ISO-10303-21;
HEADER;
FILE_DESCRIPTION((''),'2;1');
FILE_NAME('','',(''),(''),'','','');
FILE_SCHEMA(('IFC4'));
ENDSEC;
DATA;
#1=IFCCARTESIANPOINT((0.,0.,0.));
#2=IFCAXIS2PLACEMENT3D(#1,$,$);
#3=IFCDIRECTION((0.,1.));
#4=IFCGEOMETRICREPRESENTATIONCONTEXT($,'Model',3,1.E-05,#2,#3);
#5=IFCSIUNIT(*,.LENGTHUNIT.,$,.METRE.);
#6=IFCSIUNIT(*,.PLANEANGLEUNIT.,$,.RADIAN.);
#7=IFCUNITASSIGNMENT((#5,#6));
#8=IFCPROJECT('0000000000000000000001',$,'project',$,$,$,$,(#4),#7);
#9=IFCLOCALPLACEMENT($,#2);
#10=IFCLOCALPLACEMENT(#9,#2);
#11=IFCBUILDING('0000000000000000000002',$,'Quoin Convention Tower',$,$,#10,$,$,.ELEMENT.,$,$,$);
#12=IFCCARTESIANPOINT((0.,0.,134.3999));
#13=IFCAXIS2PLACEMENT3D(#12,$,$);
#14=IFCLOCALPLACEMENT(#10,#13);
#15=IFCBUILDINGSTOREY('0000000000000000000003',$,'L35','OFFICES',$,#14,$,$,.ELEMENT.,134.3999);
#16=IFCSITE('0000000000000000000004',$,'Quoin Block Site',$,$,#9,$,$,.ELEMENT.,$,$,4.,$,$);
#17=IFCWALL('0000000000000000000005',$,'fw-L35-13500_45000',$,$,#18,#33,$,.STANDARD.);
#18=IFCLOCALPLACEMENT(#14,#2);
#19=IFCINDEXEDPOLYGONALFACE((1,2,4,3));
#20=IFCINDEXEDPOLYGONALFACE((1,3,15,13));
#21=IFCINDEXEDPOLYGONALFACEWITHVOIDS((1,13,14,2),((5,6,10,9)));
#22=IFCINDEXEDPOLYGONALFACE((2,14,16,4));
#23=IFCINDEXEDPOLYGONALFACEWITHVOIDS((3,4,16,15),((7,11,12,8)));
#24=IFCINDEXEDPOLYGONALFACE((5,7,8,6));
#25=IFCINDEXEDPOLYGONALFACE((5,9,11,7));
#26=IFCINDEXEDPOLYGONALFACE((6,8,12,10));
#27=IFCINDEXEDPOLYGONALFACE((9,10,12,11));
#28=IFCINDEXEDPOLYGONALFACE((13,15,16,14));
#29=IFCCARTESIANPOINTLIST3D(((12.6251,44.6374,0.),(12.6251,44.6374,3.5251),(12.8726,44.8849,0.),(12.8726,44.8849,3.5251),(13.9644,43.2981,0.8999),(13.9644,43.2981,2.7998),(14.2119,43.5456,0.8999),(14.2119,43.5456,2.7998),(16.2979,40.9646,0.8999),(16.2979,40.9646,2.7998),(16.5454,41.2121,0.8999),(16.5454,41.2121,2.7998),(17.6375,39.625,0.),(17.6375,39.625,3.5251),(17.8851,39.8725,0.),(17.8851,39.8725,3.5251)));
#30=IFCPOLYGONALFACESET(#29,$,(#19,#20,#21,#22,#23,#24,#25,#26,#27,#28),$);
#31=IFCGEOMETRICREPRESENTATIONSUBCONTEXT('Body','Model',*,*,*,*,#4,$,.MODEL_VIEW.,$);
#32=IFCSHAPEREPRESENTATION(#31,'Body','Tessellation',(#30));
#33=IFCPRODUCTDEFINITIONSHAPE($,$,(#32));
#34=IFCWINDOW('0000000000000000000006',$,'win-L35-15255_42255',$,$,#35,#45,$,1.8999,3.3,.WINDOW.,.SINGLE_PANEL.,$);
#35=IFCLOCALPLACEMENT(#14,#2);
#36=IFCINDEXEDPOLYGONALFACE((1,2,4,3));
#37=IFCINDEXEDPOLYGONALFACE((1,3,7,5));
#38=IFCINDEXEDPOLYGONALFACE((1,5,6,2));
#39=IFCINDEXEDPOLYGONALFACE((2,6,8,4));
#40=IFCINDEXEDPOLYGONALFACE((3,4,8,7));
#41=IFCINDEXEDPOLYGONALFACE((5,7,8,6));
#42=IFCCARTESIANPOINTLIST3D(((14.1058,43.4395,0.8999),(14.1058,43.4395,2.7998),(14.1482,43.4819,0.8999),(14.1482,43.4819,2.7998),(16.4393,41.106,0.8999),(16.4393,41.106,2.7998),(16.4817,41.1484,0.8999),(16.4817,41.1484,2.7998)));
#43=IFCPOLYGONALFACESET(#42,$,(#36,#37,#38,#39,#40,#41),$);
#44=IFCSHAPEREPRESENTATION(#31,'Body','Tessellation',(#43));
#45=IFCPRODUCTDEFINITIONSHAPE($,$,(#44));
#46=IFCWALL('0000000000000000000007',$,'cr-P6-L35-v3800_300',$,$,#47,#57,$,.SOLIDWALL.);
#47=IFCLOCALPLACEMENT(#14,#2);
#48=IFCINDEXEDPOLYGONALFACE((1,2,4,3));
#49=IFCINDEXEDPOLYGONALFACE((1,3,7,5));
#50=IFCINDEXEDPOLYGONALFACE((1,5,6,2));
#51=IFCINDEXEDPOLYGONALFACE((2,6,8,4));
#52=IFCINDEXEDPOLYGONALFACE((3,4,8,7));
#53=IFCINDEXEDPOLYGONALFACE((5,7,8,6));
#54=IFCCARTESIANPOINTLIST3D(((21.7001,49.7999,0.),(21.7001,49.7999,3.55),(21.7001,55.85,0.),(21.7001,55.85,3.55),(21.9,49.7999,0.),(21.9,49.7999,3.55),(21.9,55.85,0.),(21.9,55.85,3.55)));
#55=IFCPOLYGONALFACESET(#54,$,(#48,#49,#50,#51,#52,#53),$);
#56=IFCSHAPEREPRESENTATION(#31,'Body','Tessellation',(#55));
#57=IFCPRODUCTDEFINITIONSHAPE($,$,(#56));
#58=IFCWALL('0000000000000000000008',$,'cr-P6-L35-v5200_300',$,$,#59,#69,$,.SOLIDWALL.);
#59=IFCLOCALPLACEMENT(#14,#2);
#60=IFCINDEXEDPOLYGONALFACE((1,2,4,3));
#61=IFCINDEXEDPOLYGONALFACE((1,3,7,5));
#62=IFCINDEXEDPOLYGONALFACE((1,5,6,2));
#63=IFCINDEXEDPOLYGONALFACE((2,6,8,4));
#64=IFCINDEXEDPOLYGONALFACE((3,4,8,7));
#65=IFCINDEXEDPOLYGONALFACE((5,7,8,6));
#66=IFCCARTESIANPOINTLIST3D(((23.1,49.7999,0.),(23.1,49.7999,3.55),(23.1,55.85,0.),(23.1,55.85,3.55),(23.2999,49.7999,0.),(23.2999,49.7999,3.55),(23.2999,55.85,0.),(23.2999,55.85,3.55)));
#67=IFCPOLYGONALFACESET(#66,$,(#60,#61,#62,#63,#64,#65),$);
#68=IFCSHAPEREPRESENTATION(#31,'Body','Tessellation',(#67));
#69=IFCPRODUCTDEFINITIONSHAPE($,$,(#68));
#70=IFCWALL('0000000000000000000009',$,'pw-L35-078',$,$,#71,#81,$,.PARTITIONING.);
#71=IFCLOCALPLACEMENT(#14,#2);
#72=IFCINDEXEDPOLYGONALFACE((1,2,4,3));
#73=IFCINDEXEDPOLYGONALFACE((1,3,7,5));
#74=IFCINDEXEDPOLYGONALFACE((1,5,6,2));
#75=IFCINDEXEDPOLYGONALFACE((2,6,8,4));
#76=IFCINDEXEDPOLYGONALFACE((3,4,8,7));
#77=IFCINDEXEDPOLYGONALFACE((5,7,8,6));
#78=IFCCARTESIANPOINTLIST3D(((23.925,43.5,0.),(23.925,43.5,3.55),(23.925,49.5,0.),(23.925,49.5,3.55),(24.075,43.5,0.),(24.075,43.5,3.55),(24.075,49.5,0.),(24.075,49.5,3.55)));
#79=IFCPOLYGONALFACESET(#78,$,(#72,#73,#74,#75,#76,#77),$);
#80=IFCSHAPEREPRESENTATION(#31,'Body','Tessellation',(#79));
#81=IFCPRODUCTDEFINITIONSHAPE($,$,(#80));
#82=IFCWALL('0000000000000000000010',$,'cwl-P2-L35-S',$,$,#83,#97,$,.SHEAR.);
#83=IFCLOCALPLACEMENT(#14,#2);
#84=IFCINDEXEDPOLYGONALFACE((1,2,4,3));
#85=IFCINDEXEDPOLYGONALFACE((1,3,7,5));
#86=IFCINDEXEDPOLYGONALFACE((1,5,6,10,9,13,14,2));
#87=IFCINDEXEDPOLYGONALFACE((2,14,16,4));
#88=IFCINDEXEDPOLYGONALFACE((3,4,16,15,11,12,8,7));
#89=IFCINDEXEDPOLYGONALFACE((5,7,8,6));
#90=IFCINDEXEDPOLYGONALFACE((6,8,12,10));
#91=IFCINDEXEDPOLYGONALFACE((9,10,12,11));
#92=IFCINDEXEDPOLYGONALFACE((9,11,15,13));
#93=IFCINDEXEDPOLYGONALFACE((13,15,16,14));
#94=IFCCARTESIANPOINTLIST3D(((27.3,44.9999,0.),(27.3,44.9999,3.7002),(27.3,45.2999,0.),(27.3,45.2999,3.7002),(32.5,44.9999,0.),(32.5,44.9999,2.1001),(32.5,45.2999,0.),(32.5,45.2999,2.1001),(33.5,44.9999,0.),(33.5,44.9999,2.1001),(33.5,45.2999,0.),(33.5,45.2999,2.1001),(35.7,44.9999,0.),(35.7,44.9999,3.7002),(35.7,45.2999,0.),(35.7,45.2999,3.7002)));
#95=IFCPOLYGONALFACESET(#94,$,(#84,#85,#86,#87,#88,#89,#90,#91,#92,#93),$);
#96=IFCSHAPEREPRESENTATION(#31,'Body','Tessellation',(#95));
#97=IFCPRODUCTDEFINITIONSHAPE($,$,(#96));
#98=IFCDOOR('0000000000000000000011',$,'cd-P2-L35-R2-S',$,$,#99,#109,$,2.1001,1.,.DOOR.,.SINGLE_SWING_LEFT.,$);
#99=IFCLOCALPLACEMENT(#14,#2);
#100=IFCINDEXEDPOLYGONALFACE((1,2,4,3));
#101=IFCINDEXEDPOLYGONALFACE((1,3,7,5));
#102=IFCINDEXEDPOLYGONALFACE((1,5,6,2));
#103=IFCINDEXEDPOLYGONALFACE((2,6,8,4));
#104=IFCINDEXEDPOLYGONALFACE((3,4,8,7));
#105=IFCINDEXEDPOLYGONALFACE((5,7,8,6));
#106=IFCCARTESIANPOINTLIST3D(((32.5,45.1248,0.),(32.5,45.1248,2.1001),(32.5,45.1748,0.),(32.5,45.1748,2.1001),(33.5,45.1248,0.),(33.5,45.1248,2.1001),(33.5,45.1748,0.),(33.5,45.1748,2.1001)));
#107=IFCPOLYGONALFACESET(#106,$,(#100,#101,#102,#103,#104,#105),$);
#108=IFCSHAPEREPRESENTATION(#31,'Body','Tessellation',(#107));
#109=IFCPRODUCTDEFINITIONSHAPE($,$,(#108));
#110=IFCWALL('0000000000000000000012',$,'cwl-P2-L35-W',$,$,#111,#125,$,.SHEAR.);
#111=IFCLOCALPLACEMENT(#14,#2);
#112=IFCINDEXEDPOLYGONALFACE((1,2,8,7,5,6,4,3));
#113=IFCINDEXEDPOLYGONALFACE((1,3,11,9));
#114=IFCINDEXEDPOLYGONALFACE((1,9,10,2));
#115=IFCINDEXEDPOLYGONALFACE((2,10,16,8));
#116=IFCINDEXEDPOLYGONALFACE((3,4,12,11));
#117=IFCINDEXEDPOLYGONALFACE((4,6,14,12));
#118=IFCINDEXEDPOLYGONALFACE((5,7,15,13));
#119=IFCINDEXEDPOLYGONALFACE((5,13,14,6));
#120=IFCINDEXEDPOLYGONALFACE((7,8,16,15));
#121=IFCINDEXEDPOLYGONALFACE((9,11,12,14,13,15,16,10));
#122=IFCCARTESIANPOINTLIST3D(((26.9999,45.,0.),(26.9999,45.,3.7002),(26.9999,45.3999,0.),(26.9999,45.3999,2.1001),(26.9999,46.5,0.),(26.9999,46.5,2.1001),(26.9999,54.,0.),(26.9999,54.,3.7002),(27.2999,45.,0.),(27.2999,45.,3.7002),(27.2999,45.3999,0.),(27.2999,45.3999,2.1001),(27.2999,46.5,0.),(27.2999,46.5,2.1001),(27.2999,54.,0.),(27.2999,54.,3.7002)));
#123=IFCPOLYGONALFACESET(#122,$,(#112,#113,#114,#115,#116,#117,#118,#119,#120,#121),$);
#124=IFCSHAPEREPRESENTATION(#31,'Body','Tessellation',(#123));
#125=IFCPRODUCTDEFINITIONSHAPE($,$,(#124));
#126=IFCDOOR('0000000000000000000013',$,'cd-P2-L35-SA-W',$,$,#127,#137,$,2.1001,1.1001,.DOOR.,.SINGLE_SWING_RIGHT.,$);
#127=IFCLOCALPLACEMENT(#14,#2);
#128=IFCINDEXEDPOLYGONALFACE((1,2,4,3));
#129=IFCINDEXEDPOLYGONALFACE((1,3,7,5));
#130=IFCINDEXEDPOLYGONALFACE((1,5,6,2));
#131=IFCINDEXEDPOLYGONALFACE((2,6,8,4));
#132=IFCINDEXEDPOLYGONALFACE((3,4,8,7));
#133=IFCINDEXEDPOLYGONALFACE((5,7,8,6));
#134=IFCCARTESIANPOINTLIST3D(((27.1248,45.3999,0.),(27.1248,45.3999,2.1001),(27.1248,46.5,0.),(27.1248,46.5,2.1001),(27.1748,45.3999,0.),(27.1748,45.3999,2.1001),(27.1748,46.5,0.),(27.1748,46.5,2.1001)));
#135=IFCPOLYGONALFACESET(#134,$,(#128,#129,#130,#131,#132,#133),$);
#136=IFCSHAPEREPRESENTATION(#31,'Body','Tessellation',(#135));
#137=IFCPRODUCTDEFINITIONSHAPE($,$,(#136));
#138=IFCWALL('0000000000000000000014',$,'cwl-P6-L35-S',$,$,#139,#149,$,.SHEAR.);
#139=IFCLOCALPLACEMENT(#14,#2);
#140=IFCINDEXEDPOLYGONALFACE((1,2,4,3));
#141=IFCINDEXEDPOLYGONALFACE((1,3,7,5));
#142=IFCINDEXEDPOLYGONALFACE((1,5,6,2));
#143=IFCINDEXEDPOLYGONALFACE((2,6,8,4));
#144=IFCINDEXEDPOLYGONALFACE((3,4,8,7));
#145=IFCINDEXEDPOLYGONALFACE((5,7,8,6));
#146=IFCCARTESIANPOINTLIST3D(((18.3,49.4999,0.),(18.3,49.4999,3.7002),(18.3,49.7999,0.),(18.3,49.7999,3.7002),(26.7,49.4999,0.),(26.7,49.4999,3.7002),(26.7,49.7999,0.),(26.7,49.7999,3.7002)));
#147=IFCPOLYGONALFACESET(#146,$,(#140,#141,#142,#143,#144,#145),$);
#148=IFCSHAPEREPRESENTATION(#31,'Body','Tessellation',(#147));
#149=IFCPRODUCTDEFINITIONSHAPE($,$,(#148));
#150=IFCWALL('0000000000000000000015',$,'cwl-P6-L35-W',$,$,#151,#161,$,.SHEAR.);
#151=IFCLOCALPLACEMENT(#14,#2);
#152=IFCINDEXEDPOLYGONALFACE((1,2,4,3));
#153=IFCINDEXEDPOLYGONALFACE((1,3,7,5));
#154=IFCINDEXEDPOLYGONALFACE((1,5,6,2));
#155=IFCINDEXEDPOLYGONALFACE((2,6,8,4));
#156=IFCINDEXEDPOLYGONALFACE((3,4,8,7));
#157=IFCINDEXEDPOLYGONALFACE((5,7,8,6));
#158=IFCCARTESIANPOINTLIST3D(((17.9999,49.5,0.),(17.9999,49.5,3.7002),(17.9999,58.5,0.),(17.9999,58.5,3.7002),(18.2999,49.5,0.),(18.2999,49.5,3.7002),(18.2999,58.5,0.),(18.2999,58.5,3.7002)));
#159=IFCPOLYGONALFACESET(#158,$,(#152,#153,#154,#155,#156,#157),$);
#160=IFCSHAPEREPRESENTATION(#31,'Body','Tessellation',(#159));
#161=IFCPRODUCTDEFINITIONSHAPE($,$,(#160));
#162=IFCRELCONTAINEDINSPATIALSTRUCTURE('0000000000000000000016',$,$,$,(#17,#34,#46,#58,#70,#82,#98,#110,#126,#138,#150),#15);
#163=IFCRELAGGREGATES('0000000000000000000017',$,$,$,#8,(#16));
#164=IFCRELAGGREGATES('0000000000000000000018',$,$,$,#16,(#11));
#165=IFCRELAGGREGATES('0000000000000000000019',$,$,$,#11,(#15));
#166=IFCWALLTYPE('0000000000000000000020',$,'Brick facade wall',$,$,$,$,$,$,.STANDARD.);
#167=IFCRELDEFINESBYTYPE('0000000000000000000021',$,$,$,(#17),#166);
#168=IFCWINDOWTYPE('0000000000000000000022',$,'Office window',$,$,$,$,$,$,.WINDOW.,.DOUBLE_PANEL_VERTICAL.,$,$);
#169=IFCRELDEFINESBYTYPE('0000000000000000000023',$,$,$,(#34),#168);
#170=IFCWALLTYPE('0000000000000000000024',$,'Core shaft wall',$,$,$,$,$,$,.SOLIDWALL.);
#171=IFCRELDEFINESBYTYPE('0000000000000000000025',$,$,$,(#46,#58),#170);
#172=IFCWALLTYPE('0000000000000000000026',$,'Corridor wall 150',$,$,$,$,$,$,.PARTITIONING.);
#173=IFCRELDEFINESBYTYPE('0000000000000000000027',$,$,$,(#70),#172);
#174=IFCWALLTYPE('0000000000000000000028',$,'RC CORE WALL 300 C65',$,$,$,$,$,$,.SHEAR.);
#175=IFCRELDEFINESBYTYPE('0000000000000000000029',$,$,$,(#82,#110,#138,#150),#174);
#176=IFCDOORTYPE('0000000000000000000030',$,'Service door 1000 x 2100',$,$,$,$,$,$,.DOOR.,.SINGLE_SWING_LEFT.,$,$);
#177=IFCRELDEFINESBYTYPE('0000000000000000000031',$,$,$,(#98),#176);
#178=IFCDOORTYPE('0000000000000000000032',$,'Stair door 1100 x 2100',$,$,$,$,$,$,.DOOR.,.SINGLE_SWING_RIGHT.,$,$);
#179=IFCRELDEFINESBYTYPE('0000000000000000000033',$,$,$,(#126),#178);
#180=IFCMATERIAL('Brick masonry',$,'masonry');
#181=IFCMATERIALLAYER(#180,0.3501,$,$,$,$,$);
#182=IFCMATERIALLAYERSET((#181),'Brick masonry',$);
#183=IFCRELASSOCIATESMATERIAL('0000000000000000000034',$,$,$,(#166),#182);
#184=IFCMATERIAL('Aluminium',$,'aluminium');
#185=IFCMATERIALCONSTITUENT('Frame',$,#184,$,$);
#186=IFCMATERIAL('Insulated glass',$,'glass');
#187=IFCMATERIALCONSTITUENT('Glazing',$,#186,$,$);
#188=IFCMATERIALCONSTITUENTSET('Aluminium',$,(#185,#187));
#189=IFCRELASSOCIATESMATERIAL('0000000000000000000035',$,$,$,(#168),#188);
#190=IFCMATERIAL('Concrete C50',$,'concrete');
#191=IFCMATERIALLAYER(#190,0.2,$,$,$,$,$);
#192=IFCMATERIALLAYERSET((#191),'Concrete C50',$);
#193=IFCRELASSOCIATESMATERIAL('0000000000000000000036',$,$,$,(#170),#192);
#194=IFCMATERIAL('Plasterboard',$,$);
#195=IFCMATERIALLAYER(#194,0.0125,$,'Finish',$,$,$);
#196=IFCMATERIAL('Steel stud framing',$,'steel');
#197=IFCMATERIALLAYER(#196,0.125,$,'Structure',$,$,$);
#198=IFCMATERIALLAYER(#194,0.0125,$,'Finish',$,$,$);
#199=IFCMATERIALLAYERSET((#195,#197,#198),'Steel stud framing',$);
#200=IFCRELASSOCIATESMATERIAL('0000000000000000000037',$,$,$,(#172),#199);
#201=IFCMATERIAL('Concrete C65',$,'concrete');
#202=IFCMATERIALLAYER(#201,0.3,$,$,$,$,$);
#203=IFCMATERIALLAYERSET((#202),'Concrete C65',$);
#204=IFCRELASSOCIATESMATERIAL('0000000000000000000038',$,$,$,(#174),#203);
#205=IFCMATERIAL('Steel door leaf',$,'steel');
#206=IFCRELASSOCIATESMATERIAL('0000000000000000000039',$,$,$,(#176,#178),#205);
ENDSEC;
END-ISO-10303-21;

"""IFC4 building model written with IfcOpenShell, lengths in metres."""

from ifc_helpers import new_model, si_unit, direction, frame, frame_2d, origin, place, context, subcontext, project, spatial, rectangle, extrude, material, layer, layer_set, constituent, constituent_set, type_object, element, fill, save


model = new_model("IFC4")

# Units and contexts
model_context = context("Model", 3, precision=1e-05, world=origin(), true_north=direction((0.0, 1.0)))
body_context = subcontext(model_context, "Body", "Model", "MODEL_VIEW")
ifc_project = project(units=[si_unit("LENGTHUNIT", "METRE"), si_unit("PLANEANGLEUNIT", "RADIAN")], contexts=[model_context])

# Site, building, storey
site_placement = place(None, origin())
site = spatial("IfcSite", under=ifc_project, at=site_placement, Name="Quoin Block Site", CompositionType="ELEMENT", RefElevation=4.0)
building_placement = place(site_placement, origin())
building = spatial("IfcBuilding", under=site, at=building_placement, Name="Quoin Convention Tower", CompositionType="ELEMENT")
storey_placement = place(building_placement, frame((0.0, 0.0, 134.3999)))
storey = spatial("IfcBuildingStorey", under=building, at=storey_placement, Name="L35", Description="OFFICES", CompositionType="ELEMENT", Elevation=134.3999)

# Shared definitions
ifc_material_1 = material(Name="Concrete C65", Category="concrete")

# Wall, opening, window
ifc_material_2 = material(Name="Brick masonry", Category="masonry")
ifc_layer_1 = layer(ifc_material_2, 0.3501)
ifc_layer_set_1 = layer_set([ifc_layer_1], Name="Brick masonry")
wall_type_1 = type_object("IfcWallType", Name="Brick facade wall", PredefinedType="STANDARD", material=ifc_layer_set_1)
wall_1_placement = place(storey_placement, frame((12.7488, 44.7612, 0.0), z_axis=(0.0, 0.0, 1.0), x_axis=(0.707107, -0.707107, 0.0)))
wall_1 = element("IfcWall", 1, at=wall_1_placement, inside=storey, type_object=wall_type_1, Name="fw-L35-13500_45000", PredefinedType="STANDARD", context=body_context, shape_type="SweptSolid", body=[
    extrude(rectangle(XDim=7.0886, YDim=0.3501, at=frame_2d((3.5444, 0.0))), origin(), (0.0, 0.0, 1.0), 3.5251),
])
opening_1_placement = place(wall_1_placement, frame((1.8943, 0.0, 0.8999)))
opening_1 = element("IfcOpeningElement", 2, at=opening_1_placement, cuts=wall_1, PredefinedType="OPENING", context=body_context, shape_type="SweptSolid", body=[
    extrude(rectangle(XDim=3.3, YDim=1.8999, at=frame_2d((1.6499, 0.95))), frame((0.0, 0.1851, 0.0), z_axis=(0.0, -1.0, 0.0), x_axis=(1.0, 0.0, 0.0)), (0.0, 0.0, 1.0), 0.3701),
])
ifc_material_3 = material(Name="Aluminium", Category="aluminium")
ifc_constituent_1 = constituent(ifc_material_3, Name="Frame")
ifc_material_4 = material(Name="Insulated glass", Category="glass")
ifc_constituent_2 = constituent(ifc_material_4, Name="Glazing")
ifc_constituent_set = constituent_set(constituents=[ifc_constituent_1, ifc_constituent_2], Name="Aluminium")
window_type = type_object("IfcWindowType", Name="Office window", PartitioningType="DOUBLE_PANEL_VERTICAL", PredefinedType="WINDOW", material=ifc_constituent_set)
window_placement = place(opening_1_placement, origin())
window = element("IfcWindow", 3, at=window_placement, inside=storey, type_object=window_type, Name="win-L35-15255_42255", OverallHeight=1.8999, OverallWidth=3.3, PartitioningType="SINGLE_PANEL", PredefinedType="WINDOW", context=body_context, shape_type="SweptSolid", body=[
    extrude(rectangle(XDim=3.3, YDim=1.8999, at=frame_2d((1.6499, 0.95))), frame((0.0, 0.085, 0.0), z_axis=(0.0, -1.0, 0.0), x_axis=(1.0, 0.0, 0.0)), (0.0, 0.0, 1.0), 0.0601),
])
fill(opening_1, window)

# Walls
ifc_material_5 = material(Name="Concrete C50", Category="concrete")
ifc_layer_2 = layer(ifc_material_5, 0.2)
ifc_layer_set_2 = layer_set([ifc_layer_2], Name="Concrete C50")
wall_type_2 = type_object("IfcWallType", Name="Core shaft wall", PredefinedType="SOLIDWALL", material=ifc_layer_set_2)
for number, where, z_axis, x_axis, name in (
    (4, (21.8, 49.8, 0.0), (0.0, 0.0, 1.0), (0.0, 1.0, 0.0), "cr-P6-L35-v3800_300"),
    (5, (23.2, 49.8, 0.0), (0.0, 0.0, 1.0), (0.0, 1.0, 0.0), "cr-P6-L35-v5200_300"),
):
    element("IfcWall", number, at=place(storey_placement, frame(where, z_axis=z_axis, x_axis=x_axis)), inside=storey, type_object=wall_type_2, Name=name, PredefinedType="SOLIDWALL", context=body_context, shape_type="SweptSolid", body=[
        extrude(rectangle(XDim=6.05, YDim=0.2, at=frame_2d((3.0249, 0.0))), origin(), (0.0, 0.0, 1.0), 3.55),
    ])
ifc_material_6 = material(Name="Plasterboard")
ifc_layer_3 = layer(ifc_material_6, 0.0125, Name="Finish")
ifc_material_7 = material(Name="Steel stud framing", Category="steel")
ifc_layer_4 = layer(ifc_material_7, 0.125, Name="Structure")
ifc_layer_5 = layer(ifc_material_6, 0.0125, Name="Finish")
ifc_layer_set_3 = layer_set([ifc_layer_3, ifc_layer_4, ifc_layer_5], Name="Steel stud framing")
wall_type_3 = type_object("IfcWallType", Name="Corridor wall 150", PredefinedType="PARTITIONING", material=ifc_layer_set_3)
wall_2_placement = place(storey_placement, frame((24.0, 43.5, 0.0), z_axis=(0.0, 0.0, 1.0), x_axis=(0.0, 1.0, 0.0)))
element("IfcWall", 6, at=wall_2_placement, inside=storey, type_object=wall_type_3, Name="pw-L35-078", PredefinedType="PARTITIONING", context=body_context, shape_type="SweptSolid", body=[
    extrude(rectangle(XDim=6.0, YDim=0.1499, at=frame_2d((3.0, 0.0))), origin(), (0.0, 0.0, 1.0), 3.55),
])

# Walls, openings, doors
ifc_layer_6 = layer(ifc_material_1, 0.3)
ifc_layer_set_4 = layer_set([ifc_layer_6], Name="Concrete C65")
wall_type_4 = type_object("IfcWallType", Name="RC CORE WALL 300 C65", PredefinedType="SHEAR", material=ifc_layer_set_4)
wall_3_placement = place(storey_placement, frame((27.3, 45.1499, 0.0), z_axis=(0.0, 0.0, 1.0), x_axis=(1.0, 0.0, 0.0)))
wall_3 = element("IfcWall", 7, at=wall_3_placement, inside=storey, type_object=wall_type_4, Name="cwl-P2-L35-S", PredefinedType="SHEAR", context=body_context, shape_type="SweptSolid", body=[
    extrude(rectangle(XDim=8.3999, YDim=0.3, at=frame_2d((4.2, 0.0))), origin(), (0.0, 0.0, 1.0), 3.7002),
])
opening_2_placement = place(wall_3_placement, frame((5.2, 0.0, 0.0)))
opening_2 = element("IfcOpeningElement", 8, at=opening_2_placement, cuts=wall_3, PredefinedType="OPENING", context=body_context, shape_type="SweptSolid", body=[
    extrude(rectangle(XDim=1.0, YDim=2.1001, at=frame_2d((0.5, 1.05))), frame((0.0, 0.1599, 0.0), z_axis=(0.0, -1.0, 0.0), x_axis=(1.0, 0.0, 0.0)), (0.0, 0.0, 1.0), 0.3201),
])
ifc_material_8 = material(Name="Steel door leaf", Category="steel")
door_type_1 = type_object("IfcDoorType", Name="Service door 1000 x 2100", OperationType="SINGLE_SWING_LEFT", PredefinedType="DOOR", material=ifc_material_8)
door_1_placement = place(opening_2_placement, origin())
door_1 = element("IfcDoor", 9, at=door_1_placement, inside=storey, type_object=door_type_1, Name="cd-P2-L35-R2-S", OperationType="SINGLE_SWING_LEFT", OverallHeight=2.1001, OverallWidth=1.0, PredefinedType="DOOR", context=body_context, shape_type="SweptSolid", body=[
    extrude(rectangle(XDim=1.0, YDim=2.1001, at=frame_2d((0.5, 1.05))), frame((0.0, 0.0249, 0.0), z_axis=(0.0, -1.0, 0.0), x_axis=(1.0, 0.0, 0.0)), (0.0, 0.0, 1.0), 0.05),
])
fill(opening_2, door_1)
wall_4_placement = place(storey_placement, frame((27.1499, 45.0, 0.0), z_axis=(0.0, 0.0, 1.0), x_axis=(0.0, 1.0, 0.0)))
wall_4 = element("IfcWall", 10, at=wall_4_placement, inside=storey, type_object=wall_type_4, Name="cwl-P2-L35-W", PredefinedType="SHEAR", context=body_context, shape_type="SweptSolid", body=[
    extrude(rectangle(XDim=9.0, YDim=0.3, at=frame_2d((4.5, 0.0))), origin(), (0.0, 0.0, 1.0), 3.7002),
])
opening_3_placement = place(wall_4_placement, frame((0.3999, 0.0, 0.0)))
opening_3 = element("IfcOpeningElement", 11, at=opening_3_placement, cuts=wall_4, PredefinedType="OPENING", context=body_context, shape_type="SweptSolid", body=[
    extrude(rectangle(XDim=1.1001, YDim=2.1001, at=frame_2d((0.55, 1.05))), frame((0.0, 0.1599, 0.0), z_axis=(0.0, -1.0, 0.0), x_axis=(1.0, 0.0, 0.0)), (0.0, 0.0, 1.0), 0.3201),
])
door_type_2 = type_object("IfcDoorType", Name="Stair door 1100 x 2100", OperationType="SINGLE_SWING_RIGHT", PredefinedType="DOOR", material=ifc_material_8)
door_2_placement = place(opening_3_placement, frame((1.1001, 0.0, 0.0), z_axis=(0.0, 0.0, 1.0), x_axis=(-1.0, 0.0, 0.0)))
door_2 = element("IfcDoor", 12, at=door_2_placement, inside=storey, type_object=door_type_2, Name="cd-P2-L35-SA-W", OperationType="SINGLE_SWING_RIGHT", OverallHeight=2.1001, OverallWidth=1.1001, PredefinedType="DOOR", context=body_context, shape_type="SweptSolid", body=[
    extrude(rectangle(XDim=1.1001, YDim=2.1001, at=frame_2d((0.55, 1.05))), frame((0.0, 0.0249, 0.0), z_axis=(0.0, -1.0, 0.0), x_axis=(1.0, 0.0, 0.0)), (0.0, 0.0, 1.0), 0.05),
])
fill(opening_3, door_2)

# Walls
wall_5_placement = place(storey_placement, frame((18.3, 49.6499, 0.0), z_axis=(0.0, 0.0, 1.0), x_axis=(1.0, 0.0, 0.0)))
element("IfcWall", 13, at=wall_5_placement, inside=storey, type_object=wall_type_4, Name="cwl-P6-L35-S", PredefinedType="SHEAR", context=body_context, shape_type="SweptSolid", body=[
    extrude(rectangle(XDim=8.3999, YDim=0.3, at=frame_2d((4.2, 0.0))), origin(), (0.0, 0.0, 1.0), 3.7002),
])
wall_6_placement = place(storey_placement, frame((18.1499, 49.5, 0.0), z_axis=(0.0, 0.0, 1.0), x_axis=(0.0, 1.0, 0.0)))
element("IfcWall", 14, at=wall_6_placement, inside=storey, type_object=wall_type_4, Name="cwl-P6-L35-W", PredefinedType="SHEAR", context=body_context, shape_type="SweptSolid", body=[
    extrude(rectangle(XDim=9.0, YDim=0.3, at=frame_2d((4.5, 0.0))), origin(), (0.0, 0.0, 1.0), 3.7002),
])

save(model, "model.ifc")
